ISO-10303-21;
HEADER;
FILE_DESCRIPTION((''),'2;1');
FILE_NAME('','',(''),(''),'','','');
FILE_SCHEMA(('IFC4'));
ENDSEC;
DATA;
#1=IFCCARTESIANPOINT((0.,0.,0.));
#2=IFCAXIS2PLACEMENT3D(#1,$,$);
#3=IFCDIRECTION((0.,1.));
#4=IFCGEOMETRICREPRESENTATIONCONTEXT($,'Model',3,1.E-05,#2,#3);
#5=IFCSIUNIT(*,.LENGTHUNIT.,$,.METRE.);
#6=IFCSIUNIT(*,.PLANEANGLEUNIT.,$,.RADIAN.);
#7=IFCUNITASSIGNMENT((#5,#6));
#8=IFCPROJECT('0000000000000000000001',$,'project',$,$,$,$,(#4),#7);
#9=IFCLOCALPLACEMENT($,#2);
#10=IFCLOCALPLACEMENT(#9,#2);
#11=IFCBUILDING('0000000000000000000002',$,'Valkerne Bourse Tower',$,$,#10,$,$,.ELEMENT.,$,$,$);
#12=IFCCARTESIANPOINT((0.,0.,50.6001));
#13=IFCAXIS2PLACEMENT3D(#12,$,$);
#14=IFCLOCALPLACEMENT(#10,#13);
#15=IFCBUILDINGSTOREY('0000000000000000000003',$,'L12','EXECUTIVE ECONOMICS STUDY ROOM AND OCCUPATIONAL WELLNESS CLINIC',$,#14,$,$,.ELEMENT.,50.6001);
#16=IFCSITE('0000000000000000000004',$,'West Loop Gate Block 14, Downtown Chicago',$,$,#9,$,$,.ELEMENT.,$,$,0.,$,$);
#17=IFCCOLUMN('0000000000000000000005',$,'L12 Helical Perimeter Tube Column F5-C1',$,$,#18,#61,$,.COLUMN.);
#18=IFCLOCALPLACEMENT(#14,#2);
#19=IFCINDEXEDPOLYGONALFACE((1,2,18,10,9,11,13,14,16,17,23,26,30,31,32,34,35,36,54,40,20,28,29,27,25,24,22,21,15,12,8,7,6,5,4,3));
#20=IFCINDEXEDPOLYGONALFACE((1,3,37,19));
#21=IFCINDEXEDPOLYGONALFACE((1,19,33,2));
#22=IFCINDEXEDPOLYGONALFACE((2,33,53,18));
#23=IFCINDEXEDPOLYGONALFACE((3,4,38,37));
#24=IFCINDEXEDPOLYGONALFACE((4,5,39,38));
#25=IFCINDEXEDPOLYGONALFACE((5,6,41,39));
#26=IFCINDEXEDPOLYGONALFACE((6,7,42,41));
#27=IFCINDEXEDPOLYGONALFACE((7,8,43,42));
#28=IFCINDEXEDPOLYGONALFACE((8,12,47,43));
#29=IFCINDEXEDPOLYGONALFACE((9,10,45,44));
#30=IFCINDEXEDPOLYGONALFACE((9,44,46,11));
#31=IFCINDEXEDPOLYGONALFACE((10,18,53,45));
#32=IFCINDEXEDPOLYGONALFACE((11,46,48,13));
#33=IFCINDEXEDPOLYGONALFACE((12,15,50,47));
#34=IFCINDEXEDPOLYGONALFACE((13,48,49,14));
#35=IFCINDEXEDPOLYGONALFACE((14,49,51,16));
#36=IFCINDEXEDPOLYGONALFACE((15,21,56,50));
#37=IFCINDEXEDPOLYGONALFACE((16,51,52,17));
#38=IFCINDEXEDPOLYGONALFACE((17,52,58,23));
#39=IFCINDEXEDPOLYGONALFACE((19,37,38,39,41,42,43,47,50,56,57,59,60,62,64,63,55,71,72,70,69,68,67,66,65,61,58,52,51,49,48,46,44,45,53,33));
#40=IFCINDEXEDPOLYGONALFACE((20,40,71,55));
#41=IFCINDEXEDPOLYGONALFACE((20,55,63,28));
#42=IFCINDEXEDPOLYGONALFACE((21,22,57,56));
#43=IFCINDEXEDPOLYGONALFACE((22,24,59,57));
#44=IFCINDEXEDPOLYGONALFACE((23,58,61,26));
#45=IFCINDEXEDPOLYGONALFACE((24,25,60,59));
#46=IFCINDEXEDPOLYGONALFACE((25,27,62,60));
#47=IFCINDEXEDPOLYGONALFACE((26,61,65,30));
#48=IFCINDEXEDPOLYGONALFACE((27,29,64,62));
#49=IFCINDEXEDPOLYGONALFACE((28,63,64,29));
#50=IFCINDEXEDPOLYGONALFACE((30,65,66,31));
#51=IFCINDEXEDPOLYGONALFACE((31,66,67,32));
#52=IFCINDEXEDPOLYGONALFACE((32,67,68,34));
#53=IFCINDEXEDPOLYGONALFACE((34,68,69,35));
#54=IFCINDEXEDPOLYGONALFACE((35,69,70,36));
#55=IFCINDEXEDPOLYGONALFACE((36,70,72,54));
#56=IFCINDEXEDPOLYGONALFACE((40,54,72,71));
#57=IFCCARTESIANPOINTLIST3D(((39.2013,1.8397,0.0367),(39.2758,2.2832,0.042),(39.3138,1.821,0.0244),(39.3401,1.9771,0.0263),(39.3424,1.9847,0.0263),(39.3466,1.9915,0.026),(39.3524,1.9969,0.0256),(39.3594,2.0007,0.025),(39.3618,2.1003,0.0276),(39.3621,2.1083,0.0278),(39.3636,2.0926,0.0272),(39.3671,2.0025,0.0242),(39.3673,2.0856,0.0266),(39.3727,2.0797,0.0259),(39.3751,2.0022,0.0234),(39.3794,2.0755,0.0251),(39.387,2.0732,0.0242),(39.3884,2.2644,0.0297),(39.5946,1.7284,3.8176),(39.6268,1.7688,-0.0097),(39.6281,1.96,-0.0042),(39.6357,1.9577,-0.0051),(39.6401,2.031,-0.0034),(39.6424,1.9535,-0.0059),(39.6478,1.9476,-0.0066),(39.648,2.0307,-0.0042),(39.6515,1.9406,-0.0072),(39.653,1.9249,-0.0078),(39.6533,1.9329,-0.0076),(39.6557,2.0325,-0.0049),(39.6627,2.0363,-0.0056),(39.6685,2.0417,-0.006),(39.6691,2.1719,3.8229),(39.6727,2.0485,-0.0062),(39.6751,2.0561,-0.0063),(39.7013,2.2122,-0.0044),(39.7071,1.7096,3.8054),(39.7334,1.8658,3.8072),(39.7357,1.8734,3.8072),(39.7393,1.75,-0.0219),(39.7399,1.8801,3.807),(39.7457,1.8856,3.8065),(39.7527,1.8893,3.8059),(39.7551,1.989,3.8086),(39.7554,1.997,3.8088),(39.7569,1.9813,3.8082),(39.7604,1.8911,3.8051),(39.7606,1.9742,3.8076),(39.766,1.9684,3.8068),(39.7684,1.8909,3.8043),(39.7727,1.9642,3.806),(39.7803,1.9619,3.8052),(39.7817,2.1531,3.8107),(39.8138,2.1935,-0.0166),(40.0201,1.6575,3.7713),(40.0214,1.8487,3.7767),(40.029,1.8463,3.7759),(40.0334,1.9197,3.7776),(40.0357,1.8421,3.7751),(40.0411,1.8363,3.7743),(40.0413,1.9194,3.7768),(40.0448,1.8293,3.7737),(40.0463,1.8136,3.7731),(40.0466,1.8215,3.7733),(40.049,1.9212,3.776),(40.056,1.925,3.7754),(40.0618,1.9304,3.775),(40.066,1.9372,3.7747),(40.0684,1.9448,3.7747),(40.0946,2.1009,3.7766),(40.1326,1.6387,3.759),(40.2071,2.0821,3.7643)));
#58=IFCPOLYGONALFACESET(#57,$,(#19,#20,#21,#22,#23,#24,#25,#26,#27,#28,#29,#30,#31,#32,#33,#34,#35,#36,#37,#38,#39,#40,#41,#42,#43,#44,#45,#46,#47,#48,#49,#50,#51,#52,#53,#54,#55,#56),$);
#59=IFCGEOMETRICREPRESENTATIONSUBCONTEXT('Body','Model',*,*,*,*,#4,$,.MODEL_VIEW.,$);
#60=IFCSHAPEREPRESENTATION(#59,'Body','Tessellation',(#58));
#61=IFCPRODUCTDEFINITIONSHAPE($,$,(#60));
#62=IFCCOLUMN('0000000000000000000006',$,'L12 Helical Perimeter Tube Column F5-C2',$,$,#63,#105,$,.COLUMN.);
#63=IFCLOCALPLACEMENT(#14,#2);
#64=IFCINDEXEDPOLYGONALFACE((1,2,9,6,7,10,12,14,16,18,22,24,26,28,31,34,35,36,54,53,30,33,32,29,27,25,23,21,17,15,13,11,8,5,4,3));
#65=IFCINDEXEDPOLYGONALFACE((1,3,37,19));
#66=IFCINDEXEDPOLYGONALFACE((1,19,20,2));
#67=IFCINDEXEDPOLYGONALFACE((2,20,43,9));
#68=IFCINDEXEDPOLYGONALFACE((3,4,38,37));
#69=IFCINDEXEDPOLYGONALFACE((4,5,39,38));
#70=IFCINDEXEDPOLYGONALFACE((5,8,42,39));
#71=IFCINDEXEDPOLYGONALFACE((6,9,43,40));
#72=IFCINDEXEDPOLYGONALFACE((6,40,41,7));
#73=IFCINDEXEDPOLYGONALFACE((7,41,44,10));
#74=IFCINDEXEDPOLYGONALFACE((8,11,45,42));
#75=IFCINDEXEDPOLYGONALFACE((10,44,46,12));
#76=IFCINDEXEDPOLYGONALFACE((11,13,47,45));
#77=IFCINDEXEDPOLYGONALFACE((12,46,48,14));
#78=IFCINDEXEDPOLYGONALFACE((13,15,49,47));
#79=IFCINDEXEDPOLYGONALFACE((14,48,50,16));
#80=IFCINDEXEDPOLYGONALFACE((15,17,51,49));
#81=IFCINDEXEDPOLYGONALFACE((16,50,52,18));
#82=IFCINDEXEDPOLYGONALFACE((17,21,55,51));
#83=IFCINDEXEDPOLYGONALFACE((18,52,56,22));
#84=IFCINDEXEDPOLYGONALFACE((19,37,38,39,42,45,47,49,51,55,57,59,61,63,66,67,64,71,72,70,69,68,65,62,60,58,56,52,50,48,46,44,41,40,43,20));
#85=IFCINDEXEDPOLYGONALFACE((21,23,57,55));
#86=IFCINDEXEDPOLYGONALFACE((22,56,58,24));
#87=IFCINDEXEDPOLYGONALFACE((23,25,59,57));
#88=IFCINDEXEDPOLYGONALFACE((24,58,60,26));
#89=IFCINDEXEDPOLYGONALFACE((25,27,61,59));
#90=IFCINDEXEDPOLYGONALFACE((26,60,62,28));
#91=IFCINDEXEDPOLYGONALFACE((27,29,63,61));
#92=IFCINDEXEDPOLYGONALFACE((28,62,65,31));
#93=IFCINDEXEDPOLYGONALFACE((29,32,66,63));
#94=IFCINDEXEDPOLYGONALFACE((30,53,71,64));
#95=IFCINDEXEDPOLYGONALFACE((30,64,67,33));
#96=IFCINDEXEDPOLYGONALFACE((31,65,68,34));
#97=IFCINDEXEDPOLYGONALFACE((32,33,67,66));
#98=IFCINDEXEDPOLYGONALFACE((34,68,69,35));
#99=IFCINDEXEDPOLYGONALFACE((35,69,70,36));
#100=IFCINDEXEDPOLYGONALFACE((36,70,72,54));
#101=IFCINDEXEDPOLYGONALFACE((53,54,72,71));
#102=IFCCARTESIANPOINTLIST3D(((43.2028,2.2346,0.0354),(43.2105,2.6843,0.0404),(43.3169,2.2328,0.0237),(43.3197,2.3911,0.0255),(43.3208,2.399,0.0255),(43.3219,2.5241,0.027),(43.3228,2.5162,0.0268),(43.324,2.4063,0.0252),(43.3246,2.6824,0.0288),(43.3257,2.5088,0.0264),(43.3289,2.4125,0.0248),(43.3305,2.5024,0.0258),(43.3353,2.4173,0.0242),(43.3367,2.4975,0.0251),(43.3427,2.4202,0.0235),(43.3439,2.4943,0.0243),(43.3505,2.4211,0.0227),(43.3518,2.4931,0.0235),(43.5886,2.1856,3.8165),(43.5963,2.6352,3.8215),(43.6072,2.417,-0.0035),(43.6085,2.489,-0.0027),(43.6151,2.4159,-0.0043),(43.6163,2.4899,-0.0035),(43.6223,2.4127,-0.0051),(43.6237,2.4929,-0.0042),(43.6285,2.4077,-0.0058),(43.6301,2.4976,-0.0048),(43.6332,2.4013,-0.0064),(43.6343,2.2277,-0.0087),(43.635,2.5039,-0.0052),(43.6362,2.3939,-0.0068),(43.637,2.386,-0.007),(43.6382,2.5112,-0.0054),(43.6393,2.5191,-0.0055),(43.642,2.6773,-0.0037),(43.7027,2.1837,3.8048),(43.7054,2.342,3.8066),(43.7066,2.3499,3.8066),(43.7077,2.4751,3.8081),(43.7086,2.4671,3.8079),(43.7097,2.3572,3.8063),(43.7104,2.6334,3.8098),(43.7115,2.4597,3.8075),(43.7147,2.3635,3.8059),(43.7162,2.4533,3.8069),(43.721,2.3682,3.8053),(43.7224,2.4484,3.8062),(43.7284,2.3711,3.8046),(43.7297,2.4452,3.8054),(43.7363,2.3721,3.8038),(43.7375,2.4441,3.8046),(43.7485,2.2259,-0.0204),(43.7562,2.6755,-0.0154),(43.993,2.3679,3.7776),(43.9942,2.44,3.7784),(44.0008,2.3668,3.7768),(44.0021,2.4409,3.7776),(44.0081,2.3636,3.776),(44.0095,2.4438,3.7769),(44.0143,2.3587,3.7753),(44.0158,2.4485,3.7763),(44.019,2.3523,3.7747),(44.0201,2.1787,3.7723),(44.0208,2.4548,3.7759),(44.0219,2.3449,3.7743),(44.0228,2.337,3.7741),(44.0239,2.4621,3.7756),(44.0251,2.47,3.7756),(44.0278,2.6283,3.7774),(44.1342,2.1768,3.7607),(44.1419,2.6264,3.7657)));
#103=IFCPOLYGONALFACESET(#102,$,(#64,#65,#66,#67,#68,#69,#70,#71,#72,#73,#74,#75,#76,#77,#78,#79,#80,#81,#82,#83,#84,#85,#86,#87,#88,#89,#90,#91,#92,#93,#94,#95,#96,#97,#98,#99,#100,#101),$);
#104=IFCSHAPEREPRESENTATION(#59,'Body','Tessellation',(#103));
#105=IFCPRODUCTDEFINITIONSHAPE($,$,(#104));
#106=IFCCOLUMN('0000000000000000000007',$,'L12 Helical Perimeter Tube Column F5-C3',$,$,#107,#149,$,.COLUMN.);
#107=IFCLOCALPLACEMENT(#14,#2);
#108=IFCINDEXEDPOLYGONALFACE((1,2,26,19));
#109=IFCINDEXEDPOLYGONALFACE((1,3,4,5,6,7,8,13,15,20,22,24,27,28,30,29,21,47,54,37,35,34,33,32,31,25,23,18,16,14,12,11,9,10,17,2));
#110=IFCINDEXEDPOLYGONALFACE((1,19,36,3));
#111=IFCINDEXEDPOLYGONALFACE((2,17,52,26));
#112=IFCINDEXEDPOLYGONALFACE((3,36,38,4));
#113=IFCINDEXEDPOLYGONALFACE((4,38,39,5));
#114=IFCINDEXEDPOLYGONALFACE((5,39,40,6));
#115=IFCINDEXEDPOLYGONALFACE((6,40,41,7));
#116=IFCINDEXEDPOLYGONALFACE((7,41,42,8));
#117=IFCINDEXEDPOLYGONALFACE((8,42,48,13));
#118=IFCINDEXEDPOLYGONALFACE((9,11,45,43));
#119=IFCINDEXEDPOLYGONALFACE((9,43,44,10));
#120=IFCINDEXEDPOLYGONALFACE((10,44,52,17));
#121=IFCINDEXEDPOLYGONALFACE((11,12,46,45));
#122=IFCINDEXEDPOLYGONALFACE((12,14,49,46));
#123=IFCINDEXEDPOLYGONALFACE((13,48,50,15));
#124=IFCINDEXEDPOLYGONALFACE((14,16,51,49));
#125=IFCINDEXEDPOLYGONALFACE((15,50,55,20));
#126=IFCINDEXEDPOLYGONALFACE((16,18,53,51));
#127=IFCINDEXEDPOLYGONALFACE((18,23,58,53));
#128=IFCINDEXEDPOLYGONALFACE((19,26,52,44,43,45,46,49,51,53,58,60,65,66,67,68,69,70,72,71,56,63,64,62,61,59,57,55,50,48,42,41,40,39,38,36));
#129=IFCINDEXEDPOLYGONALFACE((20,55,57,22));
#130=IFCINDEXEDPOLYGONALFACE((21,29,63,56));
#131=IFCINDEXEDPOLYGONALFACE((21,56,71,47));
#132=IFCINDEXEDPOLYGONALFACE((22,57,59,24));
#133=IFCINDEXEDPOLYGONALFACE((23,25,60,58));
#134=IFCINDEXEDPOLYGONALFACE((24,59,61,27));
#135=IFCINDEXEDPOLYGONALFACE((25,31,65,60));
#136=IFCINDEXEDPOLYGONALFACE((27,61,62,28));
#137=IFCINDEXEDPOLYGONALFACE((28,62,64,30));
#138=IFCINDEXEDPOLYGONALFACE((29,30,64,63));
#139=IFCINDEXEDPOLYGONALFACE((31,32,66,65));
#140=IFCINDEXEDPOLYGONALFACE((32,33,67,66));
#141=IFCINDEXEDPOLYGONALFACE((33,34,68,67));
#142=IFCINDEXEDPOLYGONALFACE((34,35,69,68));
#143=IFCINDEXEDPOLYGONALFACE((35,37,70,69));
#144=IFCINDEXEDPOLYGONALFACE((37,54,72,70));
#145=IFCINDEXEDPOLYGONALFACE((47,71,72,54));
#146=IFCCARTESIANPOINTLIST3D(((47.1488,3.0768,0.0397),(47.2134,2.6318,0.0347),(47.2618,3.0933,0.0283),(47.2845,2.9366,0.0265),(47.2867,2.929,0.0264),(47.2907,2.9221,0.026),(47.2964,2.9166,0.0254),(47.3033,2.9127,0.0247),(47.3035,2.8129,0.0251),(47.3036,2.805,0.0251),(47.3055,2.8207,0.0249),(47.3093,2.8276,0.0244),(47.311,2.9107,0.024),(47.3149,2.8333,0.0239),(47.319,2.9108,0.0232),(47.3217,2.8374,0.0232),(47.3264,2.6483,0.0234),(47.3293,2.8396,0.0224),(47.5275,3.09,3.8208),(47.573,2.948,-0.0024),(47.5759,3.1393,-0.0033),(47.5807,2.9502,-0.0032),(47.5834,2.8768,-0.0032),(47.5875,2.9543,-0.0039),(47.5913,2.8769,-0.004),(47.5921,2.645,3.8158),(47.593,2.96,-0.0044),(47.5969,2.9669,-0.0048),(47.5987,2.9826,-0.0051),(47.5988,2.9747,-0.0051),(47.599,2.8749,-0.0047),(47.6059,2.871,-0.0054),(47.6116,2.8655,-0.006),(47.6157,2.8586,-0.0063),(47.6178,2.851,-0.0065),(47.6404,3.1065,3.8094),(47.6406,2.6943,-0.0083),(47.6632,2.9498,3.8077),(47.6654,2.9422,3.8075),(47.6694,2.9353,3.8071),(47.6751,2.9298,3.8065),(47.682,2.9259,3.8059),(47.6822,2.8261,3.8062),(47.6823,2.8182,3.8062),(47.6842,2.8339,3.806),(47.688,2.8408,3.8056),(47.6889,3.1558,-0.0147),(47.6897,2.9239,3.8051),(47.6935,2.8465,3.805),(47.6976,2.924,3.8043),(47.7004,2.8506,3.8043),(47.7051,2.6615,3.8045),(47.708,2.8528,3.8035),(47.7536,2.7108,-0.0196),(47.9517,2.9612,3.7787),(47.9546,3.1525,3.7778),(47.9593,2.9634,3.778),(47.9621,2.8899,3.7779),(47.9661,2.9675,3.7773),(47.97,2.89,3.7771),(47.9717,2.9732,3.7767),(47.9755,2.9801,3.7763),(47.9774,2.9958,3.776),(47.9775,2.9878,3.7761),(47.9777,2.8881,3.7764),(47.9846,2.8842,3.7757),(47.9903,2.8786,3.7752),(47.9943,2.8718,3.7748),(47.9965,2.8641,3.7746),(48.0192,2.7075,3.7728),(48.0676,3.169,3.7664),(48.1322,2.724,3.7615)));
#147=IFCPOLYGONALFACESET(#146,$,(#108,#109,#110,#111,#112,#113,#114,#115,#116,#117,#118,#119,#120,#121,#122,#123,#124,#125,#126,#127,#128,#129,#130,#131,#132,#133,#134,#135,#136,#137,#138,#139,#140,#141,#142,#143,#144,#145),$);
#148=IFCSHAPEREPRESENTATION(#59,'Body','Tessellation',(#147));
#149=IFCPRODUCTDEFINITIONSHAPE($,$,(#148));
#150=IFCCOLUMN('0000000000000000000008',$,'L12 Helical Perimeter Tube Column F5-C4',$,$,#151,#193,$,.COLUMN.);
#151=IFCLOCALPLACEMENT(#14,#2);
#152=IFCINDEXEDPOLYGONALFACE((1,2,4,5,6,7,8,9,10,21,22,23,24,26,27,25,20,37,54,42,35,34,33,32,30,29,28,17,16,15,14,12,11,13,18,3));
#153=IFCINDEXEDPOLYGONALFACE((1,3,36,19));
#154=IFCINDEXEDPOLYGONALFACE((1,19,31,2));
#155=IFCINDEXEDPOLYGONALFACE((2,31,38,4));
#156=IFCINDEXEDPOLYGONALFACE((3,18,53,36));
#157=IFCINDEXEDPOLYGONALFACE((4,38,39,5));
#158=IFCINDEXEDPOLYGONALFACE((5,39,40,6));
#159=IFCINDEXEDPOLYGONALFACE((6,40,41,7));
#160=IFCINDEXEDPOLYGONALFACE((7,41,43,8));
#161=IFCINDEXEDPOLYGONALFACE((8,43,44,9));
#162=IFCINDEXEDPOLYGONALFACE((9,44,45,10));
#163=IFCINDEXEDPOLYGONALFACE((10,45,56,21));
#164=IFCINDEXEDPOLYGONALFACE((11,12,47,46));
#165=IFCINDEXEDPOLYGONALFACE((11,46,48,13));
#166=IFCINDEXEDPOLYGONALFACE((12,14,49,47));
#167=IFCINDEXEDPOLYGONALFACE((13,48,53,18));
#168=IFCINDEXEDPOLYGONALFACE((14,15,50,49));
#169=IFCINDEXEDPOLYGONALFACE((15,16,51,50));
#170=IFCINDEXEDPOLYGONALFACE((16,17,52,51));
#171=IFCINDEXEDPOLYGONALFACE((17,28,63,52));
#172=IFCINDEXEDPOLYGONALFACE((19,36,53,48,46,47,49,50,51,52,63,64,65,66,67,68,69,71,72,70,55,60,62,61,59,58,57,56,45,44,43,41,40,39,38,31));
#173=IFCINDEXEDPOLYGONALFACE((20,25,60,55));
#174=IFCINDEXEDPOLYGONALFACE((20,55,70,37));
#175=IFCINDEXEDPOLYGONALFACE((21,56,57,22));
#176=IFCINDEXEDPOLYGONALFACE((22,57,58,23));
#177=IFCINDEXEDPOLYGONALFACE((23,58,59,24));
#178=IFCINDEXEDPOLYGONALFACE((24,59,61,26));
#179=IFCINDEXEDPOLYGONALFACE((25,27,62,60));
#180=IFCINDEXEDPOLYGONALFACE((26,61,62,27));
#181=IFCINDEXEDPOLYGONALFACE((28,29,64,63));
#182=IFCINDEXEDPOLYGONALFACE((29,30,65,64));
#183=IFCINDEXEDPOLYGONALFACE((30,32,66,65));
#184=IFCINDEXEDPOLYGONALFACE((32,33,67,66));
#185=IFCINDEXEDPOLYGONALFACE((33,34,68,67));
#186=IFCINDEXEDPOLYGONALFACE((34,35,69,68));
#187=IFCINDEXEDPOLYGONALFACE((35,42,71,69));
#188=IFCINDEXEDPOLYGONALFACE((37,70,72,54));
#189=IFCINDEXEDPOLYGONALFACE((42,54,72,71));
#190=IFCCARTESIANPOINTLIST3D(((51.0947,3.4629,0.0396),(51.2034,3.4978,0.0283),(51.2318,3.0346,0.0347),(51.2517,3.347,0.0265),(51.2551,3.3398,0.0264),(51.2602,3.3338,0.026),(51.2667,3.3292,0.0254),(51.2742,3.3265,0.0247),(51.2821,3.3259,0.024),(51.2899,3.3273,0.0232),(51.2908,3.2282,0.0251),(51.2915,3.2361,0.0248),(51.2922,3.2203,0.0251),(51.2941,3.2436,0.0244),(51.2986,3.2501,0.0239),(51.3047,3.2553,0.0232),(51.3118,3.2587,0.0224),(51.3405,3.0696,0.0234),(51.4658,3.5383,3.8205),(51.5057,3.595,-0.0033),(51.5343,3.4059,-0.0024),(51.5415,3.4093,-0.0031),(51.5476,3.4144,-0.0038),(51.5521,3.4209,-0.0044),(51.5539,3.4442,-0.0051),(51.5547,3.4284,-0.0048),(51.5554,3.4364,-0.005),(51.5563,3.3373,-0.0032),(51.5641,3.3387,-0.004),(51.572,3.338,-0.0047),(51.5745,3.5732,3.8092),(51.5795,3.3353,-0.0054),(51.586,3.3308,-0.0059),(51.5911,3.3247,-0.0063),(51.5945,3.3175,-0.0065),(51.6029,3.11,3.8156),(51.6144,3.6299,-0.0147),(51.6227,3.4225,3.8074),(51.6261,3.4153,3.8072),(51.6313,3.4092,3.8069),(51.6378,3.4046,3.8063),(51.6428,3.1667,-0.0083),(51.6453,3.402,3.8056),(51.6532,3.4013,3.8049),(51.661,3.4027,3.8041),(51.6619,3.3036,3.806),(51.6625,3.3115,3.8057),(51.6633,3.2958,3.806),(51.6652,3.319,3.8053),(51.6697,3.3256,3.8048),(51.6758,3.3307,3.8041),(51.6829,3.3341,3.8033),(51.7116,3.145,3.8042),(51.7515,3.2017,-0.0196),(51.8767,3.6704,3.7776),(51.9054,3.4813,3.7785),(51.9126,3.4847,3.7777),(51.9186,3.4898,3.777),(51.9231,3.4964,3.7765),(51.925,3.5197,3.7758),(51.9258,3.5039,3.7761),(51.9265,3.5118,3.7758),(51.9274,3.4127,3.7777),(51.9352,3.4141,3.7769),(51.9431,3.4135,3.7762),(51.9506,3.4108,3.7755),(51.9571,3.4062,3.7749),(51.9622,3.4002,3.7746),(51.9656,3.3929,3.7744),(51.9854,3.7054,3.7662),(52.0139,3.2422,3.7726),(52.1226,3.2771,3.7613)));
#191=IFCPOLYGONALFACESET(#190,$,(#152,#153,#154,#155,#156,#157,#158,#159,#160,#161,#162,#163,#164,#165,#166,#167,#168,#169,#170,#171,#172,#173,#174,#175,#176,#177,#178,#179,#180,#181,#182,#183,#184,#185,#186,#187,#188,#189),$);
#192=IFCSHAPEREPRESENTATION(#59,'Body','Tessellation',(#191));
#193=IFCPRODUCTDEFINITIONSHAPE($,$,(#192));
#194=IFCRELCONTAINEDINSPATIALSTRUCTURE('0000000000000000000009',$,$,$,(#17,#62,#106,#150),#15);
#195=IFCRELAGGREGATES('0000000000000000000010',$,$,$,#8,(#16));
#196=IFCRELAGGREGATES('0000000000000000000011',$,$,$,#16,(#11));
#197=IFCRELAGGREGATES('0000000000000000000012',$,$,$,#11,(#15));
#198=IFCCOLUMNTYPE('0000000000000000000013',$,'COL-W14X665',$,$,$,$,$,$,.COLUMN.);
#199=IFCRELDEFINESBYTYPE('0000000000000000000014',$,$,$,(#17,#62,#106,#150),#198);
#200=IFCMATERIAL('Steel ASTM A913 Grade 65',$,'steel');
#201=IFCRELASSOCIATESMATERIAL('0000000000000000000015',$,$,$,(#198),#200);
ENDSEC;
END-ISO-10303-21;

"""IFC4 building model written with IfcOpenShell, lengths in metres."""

from ifc_helpers import new_model, si_unit, direction, frame, origin, origin_2d, place, context, subcontext, project, spatial, i_section, extrude, material, material_profile, profile_set, type_object, element, save


model = new_model("IFC4")

# Units and contexts
model_context = context("Model", 3, precision=1e-05, world=origin(), true_north=direction((0.0, 1.0)))
body_context = subcontext(model_context, "Body", "Model", "MODEL_VIEW")
ifc_project = project(units=[si_unit("LENGTHUNIT", "METRE"), si_unit("PLANEANGLEUNIT", "RADIAN")], contexts=[model_context])

# Site, building, storey
site_placement = place(None, origin())
site = spatial("IfcSite", under=ifc_project, at=site_placement, Name="West Loop Gate Block 14, Downtown Chicago", CompositionType="ELEMENT", RefElevation=0.0)
building_placement = place(site_placement, origin())
building = spatial("IfcBuilding", under=site, at=building_placement, Name="Valkerne Bourse Tower", CompositionType="ELEMENT")
storey_placement = place(building_placement, frame((0.0, 0.0, 50.6001)))
storey = spatial("IfcBuildingStorey", under=building, at=storey_placement, Name="L12", Description="EXECUTIVE ECONOMICS STUDY ROOM AND OCCUPATIONAL WELLNESS CLINIC", CompositionType="ELEMENT", Elevation=50.6001)

# Columns
ifc_material_1 = material(Name="Steel ASTM A913 Grade 65", Category="steel")
ifc_material_profile_1 = material_profile(ifc_material_1, i_section(OverallWidth=0.4497, OverallDepth=0.5486, WebThickness=0.072, FlangeThickness=0.1147, FilletRadius=0.0305, at=origin_2d()), Name="W14X665")
ifc_profile_set_1 = profile_set([ifc_material_profile_1], Name="Steel ASTM A913 Grade 65")
column_type = type_object("IfcColumnType", Name="COL-W14X665", PredefinedType="COLUMN", material=ifc_profile_set_1)
column_1_placement = place(storey_placement, frame((39.5076, 2.0166, 0.01), z_axis=(0.10342, -0.029273, 0.994207), x_axis=(0.165735, 0.9861, 0.011795)))
element("IfcColumn", 1, at=column_1_placement, inside=storey, type_object=column_type, Name="L12 Helical Perimeter Tube Column F5-C1", PredefinedType="COLUMN", context=body_context, shape_type="SweptSolid", body=[
    extrude(i_section(OverallWidth=0.4497, OverallDepth=0.5486, WebThickness=0.072, FlangeThickness=0.1147, FilletRadius=0.0305, at=origin_2d()), origin(), (0.0, 0.0, 1.0), 3.803),
])
column_2_placement = place(storey_placement, frame((43.4795, 2.4551, 0.01), z_axis=(0.101486, -0.012911, 0.994753), x_axis=(0.01715, 0.99979, 0.011226)))
element("IfcColumn", 2, at=column_2_placement, inside=storey, type_object=column_type, Name="L12 Helical Perimeter Tube Column F5-C2", PredefinedType="COLUMN", context=body_context, shape_type="SweptSolid", body=[
    extrude(i_section(OverallWidth=0.4497, OverallDepth=0.5486, WebThickness=0.072, FlangeThickness=0.1147, FilletRadius=0.0305, at=origin_2d()), origin(), (0.0, 0.0, 1.0), 3.801),
])
column_3_placement = place(storey_placement, frame((47.4512, 2.8938, 0.01), z_axis=(0.099649, 0.003469, 0.995017), x_axis=(-0.143706, 0.98956, 0.010942)))
element("IfcColumn", 3, at=column_3_placement, inside=storey, type_object=column_type, Name="L12 Helical Perimeter Tube Column F5-C3", PredefinedType="COLUMN", context=body_context, shape_type="SweptSolid", body=[
    extrude(i_section(OverallWidth=0.4497, OverallDepth=0.5486, WebThickness=0.072, FlangeThickness=0.1147, FilletRadius=0.0305, at=origin_2d()), origin(), (0.0, 0.0, 1.0), 3.8),
])
column_4_placement = place(storey_placement, frame((51.4231, 3.3323, 0.01), z_axis=(0.097658, 0.019853, 0.995022), x_axis=(-0.305011, 0.952286, 0.010936)))
element("IfcColumn", 4, at=column_4_placement, inside=storey, type_object=column_type, Name="L12 Helical Perimeter Tube Column F5-C4", PredefinedType="COLUMN", context=body_context, shape_type="SweptSolid", body=[
    extrude(i_section(OverallWidth=0.4497, OverallDepth=0.5486, WebThickness=0.072, FlangeThickness=0.1147, FilletRadius=0.0305, at=origin_2d()), origin(), (0.0, 0.0, 1.0), 3.7998),
])

save(model, "model.ifc")
